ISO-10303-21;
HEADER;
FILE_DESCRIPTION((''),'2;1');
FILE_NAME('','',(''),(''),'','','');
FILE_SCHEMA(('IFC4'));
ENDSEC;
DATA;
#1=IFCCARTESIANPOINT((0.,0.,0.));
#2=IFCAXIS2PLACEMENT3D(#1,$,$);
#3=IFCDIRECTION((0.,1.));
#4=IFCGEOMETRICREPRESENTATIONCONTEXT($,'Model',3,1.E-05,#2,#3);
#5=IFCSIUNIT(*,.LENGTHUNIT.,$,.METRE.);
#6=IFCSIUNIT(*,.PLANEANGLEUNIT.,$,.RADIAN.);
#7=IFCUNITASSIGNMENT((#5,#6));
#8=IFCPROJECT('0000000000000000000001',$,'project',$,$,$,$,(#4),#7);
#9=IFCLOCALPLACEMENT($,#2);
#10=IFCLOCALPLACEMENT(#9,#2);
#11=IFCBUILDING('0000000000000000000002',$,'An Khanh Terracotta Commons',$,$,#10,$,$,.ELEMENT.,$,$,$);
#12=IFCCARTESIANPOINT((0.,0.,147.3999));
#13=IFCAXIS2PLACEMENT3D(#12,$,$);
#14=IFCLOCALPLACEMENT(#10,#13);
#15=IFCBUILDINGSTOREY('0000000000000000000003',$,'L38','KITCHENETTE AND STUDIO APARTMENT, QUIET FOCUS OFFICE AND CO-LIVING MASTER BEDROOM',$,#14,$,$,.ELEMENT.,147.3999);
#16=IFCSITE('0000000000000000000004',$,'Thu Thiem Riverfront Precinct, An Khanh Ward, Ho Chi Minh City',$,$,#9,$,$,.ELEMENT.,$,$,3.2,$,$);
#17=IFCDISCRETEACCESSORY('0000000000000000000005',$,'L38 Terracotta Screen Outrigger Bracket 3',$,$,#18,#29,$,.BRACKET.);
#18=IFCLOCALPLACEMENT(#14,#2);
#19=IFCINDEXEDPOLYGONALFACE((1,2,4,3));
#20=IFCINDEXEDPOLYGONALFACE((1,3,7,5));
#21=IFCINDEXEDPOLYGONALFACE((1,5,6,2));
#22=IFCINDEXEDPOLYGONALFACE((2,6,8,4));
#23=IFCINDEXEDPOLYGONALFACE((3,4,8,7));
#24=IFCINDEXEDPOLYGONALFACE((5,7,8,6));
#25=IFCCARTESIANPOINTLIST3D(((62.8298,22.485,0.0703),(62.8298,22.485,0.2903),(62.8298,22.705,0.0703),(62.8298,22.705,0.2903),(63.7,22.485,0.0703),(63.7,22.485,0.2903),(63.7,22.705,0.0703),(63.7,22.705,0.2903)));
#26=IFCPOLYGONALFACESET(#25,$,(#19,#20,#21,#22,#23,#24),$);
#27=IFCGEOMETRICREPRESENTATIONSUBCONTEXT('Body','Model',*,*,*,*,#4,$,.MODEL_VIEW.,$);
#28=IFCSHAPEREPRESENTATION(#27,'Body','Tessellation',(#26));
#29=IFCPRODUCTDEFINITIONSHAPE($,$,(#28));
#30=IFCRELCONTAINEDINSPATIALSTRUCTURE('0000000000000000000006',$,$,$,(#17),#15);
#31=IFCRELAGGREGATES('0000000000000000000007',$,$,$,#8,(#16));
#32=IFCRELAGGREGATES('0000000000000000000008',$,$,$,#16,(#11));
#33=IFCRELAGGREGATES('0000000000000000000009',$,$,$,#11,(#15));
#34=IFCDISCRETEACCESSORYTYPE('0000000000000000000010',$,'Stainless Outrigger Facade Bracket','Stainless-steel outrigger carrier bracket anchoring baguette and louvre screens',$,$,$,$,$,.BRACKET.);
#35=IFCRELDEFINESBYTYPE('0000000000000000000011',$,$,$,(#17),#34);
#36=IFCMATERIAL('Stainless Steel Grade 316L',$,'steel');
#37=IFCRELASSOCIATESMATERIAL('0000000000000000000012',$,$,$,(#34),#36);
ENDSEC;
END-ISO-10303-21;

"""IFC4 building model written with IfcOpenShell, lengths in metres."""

from ifc_helpers import new_model, si_unit, direction, frame, origin, origin_2d, place, context, subcontext, project, spatial, rectangle, extrude, material, type_object, element, save


model = new_model("IFC4")

# Units and contexts
model_context = context("Model", 3, precision=1e-05, world=origin(), true_north=direction((0.0, 1.0)))
body_context = subcontext(model_context, "Body", "Model", "MODEL_VIEW")
ifc_project = project(units=[si_unit("LENGTHUNIT", "METRE"), si_unit("PLANEANGLEUNIT", "RADIAN")], contexts=[model_context])

# Site, building, storey
site_placement = place(None, origin())
site = spatial("IfcSite", under=ifc_project, at=site_placement, Name="Thu Thiem Riverfront Precinct, An Khanh Ward, Ho Chi Minh City", CompositionType="ELEMENT", RefElevation=3.2)
building_placement = place(site_placement, origin())
building = spatial("IfcBuilding", under=site, at=building_placement, Name="An Khanh Terracotta Commons", CompositionType="ELEMENT")
storey_placement = place(building_placement, frame((0.0, 0.0, 147.3999)))
storey = spatial("IfcBuildingStorey", under=building, at=storey_placement, Name="L38", Description="KITCHENETTE AND STUDIO APARTMENT, QUIET FOCUS OFFICE AND CO-LIVING MASTER BEDROOM", CompositionType="ELEMENT", Elevation=147.3999)

# Discrete accessory
ifc_material_1 = material(Name="Stainless Steel Grade 316L", Category="steel")
discrete_accessory_type = type_object("IfcDiscreteAccessoryType", Name="Stainless Outrigger Facade Bracket", Description="Stainless-steel outrigger carrier bracket anchoring baguette and louvre screens", PredefinedType="BRACKET", material=ifc_material_1)
for number, where, z_axis, x_axis, name in (
    (1, (63.2649, 22.595, 0.0703), (0.0, 0.0, 1.0), (0.0, 1.0, 0.0), "L38 Terracotta Screen Outrigger Bracket 3"),
):
    element("IfcDiscreteAccessory", number, at=place(storey_placement, frame(where, z_axis=z_axis, x_axis=x_axis)), inside=storey, type_object=discrete_accessory_type, Name=name, PredefinedType="BRACKET", context=body_context, shape_type="SweptSolid", body=[
        extrude(rectangle(XDim=0.22, YDim=0.8701, at=origin_2d()), origin(), (0.0, 0.0, 1.0), 0.22),
    ])

save(model, "model.ifc")
